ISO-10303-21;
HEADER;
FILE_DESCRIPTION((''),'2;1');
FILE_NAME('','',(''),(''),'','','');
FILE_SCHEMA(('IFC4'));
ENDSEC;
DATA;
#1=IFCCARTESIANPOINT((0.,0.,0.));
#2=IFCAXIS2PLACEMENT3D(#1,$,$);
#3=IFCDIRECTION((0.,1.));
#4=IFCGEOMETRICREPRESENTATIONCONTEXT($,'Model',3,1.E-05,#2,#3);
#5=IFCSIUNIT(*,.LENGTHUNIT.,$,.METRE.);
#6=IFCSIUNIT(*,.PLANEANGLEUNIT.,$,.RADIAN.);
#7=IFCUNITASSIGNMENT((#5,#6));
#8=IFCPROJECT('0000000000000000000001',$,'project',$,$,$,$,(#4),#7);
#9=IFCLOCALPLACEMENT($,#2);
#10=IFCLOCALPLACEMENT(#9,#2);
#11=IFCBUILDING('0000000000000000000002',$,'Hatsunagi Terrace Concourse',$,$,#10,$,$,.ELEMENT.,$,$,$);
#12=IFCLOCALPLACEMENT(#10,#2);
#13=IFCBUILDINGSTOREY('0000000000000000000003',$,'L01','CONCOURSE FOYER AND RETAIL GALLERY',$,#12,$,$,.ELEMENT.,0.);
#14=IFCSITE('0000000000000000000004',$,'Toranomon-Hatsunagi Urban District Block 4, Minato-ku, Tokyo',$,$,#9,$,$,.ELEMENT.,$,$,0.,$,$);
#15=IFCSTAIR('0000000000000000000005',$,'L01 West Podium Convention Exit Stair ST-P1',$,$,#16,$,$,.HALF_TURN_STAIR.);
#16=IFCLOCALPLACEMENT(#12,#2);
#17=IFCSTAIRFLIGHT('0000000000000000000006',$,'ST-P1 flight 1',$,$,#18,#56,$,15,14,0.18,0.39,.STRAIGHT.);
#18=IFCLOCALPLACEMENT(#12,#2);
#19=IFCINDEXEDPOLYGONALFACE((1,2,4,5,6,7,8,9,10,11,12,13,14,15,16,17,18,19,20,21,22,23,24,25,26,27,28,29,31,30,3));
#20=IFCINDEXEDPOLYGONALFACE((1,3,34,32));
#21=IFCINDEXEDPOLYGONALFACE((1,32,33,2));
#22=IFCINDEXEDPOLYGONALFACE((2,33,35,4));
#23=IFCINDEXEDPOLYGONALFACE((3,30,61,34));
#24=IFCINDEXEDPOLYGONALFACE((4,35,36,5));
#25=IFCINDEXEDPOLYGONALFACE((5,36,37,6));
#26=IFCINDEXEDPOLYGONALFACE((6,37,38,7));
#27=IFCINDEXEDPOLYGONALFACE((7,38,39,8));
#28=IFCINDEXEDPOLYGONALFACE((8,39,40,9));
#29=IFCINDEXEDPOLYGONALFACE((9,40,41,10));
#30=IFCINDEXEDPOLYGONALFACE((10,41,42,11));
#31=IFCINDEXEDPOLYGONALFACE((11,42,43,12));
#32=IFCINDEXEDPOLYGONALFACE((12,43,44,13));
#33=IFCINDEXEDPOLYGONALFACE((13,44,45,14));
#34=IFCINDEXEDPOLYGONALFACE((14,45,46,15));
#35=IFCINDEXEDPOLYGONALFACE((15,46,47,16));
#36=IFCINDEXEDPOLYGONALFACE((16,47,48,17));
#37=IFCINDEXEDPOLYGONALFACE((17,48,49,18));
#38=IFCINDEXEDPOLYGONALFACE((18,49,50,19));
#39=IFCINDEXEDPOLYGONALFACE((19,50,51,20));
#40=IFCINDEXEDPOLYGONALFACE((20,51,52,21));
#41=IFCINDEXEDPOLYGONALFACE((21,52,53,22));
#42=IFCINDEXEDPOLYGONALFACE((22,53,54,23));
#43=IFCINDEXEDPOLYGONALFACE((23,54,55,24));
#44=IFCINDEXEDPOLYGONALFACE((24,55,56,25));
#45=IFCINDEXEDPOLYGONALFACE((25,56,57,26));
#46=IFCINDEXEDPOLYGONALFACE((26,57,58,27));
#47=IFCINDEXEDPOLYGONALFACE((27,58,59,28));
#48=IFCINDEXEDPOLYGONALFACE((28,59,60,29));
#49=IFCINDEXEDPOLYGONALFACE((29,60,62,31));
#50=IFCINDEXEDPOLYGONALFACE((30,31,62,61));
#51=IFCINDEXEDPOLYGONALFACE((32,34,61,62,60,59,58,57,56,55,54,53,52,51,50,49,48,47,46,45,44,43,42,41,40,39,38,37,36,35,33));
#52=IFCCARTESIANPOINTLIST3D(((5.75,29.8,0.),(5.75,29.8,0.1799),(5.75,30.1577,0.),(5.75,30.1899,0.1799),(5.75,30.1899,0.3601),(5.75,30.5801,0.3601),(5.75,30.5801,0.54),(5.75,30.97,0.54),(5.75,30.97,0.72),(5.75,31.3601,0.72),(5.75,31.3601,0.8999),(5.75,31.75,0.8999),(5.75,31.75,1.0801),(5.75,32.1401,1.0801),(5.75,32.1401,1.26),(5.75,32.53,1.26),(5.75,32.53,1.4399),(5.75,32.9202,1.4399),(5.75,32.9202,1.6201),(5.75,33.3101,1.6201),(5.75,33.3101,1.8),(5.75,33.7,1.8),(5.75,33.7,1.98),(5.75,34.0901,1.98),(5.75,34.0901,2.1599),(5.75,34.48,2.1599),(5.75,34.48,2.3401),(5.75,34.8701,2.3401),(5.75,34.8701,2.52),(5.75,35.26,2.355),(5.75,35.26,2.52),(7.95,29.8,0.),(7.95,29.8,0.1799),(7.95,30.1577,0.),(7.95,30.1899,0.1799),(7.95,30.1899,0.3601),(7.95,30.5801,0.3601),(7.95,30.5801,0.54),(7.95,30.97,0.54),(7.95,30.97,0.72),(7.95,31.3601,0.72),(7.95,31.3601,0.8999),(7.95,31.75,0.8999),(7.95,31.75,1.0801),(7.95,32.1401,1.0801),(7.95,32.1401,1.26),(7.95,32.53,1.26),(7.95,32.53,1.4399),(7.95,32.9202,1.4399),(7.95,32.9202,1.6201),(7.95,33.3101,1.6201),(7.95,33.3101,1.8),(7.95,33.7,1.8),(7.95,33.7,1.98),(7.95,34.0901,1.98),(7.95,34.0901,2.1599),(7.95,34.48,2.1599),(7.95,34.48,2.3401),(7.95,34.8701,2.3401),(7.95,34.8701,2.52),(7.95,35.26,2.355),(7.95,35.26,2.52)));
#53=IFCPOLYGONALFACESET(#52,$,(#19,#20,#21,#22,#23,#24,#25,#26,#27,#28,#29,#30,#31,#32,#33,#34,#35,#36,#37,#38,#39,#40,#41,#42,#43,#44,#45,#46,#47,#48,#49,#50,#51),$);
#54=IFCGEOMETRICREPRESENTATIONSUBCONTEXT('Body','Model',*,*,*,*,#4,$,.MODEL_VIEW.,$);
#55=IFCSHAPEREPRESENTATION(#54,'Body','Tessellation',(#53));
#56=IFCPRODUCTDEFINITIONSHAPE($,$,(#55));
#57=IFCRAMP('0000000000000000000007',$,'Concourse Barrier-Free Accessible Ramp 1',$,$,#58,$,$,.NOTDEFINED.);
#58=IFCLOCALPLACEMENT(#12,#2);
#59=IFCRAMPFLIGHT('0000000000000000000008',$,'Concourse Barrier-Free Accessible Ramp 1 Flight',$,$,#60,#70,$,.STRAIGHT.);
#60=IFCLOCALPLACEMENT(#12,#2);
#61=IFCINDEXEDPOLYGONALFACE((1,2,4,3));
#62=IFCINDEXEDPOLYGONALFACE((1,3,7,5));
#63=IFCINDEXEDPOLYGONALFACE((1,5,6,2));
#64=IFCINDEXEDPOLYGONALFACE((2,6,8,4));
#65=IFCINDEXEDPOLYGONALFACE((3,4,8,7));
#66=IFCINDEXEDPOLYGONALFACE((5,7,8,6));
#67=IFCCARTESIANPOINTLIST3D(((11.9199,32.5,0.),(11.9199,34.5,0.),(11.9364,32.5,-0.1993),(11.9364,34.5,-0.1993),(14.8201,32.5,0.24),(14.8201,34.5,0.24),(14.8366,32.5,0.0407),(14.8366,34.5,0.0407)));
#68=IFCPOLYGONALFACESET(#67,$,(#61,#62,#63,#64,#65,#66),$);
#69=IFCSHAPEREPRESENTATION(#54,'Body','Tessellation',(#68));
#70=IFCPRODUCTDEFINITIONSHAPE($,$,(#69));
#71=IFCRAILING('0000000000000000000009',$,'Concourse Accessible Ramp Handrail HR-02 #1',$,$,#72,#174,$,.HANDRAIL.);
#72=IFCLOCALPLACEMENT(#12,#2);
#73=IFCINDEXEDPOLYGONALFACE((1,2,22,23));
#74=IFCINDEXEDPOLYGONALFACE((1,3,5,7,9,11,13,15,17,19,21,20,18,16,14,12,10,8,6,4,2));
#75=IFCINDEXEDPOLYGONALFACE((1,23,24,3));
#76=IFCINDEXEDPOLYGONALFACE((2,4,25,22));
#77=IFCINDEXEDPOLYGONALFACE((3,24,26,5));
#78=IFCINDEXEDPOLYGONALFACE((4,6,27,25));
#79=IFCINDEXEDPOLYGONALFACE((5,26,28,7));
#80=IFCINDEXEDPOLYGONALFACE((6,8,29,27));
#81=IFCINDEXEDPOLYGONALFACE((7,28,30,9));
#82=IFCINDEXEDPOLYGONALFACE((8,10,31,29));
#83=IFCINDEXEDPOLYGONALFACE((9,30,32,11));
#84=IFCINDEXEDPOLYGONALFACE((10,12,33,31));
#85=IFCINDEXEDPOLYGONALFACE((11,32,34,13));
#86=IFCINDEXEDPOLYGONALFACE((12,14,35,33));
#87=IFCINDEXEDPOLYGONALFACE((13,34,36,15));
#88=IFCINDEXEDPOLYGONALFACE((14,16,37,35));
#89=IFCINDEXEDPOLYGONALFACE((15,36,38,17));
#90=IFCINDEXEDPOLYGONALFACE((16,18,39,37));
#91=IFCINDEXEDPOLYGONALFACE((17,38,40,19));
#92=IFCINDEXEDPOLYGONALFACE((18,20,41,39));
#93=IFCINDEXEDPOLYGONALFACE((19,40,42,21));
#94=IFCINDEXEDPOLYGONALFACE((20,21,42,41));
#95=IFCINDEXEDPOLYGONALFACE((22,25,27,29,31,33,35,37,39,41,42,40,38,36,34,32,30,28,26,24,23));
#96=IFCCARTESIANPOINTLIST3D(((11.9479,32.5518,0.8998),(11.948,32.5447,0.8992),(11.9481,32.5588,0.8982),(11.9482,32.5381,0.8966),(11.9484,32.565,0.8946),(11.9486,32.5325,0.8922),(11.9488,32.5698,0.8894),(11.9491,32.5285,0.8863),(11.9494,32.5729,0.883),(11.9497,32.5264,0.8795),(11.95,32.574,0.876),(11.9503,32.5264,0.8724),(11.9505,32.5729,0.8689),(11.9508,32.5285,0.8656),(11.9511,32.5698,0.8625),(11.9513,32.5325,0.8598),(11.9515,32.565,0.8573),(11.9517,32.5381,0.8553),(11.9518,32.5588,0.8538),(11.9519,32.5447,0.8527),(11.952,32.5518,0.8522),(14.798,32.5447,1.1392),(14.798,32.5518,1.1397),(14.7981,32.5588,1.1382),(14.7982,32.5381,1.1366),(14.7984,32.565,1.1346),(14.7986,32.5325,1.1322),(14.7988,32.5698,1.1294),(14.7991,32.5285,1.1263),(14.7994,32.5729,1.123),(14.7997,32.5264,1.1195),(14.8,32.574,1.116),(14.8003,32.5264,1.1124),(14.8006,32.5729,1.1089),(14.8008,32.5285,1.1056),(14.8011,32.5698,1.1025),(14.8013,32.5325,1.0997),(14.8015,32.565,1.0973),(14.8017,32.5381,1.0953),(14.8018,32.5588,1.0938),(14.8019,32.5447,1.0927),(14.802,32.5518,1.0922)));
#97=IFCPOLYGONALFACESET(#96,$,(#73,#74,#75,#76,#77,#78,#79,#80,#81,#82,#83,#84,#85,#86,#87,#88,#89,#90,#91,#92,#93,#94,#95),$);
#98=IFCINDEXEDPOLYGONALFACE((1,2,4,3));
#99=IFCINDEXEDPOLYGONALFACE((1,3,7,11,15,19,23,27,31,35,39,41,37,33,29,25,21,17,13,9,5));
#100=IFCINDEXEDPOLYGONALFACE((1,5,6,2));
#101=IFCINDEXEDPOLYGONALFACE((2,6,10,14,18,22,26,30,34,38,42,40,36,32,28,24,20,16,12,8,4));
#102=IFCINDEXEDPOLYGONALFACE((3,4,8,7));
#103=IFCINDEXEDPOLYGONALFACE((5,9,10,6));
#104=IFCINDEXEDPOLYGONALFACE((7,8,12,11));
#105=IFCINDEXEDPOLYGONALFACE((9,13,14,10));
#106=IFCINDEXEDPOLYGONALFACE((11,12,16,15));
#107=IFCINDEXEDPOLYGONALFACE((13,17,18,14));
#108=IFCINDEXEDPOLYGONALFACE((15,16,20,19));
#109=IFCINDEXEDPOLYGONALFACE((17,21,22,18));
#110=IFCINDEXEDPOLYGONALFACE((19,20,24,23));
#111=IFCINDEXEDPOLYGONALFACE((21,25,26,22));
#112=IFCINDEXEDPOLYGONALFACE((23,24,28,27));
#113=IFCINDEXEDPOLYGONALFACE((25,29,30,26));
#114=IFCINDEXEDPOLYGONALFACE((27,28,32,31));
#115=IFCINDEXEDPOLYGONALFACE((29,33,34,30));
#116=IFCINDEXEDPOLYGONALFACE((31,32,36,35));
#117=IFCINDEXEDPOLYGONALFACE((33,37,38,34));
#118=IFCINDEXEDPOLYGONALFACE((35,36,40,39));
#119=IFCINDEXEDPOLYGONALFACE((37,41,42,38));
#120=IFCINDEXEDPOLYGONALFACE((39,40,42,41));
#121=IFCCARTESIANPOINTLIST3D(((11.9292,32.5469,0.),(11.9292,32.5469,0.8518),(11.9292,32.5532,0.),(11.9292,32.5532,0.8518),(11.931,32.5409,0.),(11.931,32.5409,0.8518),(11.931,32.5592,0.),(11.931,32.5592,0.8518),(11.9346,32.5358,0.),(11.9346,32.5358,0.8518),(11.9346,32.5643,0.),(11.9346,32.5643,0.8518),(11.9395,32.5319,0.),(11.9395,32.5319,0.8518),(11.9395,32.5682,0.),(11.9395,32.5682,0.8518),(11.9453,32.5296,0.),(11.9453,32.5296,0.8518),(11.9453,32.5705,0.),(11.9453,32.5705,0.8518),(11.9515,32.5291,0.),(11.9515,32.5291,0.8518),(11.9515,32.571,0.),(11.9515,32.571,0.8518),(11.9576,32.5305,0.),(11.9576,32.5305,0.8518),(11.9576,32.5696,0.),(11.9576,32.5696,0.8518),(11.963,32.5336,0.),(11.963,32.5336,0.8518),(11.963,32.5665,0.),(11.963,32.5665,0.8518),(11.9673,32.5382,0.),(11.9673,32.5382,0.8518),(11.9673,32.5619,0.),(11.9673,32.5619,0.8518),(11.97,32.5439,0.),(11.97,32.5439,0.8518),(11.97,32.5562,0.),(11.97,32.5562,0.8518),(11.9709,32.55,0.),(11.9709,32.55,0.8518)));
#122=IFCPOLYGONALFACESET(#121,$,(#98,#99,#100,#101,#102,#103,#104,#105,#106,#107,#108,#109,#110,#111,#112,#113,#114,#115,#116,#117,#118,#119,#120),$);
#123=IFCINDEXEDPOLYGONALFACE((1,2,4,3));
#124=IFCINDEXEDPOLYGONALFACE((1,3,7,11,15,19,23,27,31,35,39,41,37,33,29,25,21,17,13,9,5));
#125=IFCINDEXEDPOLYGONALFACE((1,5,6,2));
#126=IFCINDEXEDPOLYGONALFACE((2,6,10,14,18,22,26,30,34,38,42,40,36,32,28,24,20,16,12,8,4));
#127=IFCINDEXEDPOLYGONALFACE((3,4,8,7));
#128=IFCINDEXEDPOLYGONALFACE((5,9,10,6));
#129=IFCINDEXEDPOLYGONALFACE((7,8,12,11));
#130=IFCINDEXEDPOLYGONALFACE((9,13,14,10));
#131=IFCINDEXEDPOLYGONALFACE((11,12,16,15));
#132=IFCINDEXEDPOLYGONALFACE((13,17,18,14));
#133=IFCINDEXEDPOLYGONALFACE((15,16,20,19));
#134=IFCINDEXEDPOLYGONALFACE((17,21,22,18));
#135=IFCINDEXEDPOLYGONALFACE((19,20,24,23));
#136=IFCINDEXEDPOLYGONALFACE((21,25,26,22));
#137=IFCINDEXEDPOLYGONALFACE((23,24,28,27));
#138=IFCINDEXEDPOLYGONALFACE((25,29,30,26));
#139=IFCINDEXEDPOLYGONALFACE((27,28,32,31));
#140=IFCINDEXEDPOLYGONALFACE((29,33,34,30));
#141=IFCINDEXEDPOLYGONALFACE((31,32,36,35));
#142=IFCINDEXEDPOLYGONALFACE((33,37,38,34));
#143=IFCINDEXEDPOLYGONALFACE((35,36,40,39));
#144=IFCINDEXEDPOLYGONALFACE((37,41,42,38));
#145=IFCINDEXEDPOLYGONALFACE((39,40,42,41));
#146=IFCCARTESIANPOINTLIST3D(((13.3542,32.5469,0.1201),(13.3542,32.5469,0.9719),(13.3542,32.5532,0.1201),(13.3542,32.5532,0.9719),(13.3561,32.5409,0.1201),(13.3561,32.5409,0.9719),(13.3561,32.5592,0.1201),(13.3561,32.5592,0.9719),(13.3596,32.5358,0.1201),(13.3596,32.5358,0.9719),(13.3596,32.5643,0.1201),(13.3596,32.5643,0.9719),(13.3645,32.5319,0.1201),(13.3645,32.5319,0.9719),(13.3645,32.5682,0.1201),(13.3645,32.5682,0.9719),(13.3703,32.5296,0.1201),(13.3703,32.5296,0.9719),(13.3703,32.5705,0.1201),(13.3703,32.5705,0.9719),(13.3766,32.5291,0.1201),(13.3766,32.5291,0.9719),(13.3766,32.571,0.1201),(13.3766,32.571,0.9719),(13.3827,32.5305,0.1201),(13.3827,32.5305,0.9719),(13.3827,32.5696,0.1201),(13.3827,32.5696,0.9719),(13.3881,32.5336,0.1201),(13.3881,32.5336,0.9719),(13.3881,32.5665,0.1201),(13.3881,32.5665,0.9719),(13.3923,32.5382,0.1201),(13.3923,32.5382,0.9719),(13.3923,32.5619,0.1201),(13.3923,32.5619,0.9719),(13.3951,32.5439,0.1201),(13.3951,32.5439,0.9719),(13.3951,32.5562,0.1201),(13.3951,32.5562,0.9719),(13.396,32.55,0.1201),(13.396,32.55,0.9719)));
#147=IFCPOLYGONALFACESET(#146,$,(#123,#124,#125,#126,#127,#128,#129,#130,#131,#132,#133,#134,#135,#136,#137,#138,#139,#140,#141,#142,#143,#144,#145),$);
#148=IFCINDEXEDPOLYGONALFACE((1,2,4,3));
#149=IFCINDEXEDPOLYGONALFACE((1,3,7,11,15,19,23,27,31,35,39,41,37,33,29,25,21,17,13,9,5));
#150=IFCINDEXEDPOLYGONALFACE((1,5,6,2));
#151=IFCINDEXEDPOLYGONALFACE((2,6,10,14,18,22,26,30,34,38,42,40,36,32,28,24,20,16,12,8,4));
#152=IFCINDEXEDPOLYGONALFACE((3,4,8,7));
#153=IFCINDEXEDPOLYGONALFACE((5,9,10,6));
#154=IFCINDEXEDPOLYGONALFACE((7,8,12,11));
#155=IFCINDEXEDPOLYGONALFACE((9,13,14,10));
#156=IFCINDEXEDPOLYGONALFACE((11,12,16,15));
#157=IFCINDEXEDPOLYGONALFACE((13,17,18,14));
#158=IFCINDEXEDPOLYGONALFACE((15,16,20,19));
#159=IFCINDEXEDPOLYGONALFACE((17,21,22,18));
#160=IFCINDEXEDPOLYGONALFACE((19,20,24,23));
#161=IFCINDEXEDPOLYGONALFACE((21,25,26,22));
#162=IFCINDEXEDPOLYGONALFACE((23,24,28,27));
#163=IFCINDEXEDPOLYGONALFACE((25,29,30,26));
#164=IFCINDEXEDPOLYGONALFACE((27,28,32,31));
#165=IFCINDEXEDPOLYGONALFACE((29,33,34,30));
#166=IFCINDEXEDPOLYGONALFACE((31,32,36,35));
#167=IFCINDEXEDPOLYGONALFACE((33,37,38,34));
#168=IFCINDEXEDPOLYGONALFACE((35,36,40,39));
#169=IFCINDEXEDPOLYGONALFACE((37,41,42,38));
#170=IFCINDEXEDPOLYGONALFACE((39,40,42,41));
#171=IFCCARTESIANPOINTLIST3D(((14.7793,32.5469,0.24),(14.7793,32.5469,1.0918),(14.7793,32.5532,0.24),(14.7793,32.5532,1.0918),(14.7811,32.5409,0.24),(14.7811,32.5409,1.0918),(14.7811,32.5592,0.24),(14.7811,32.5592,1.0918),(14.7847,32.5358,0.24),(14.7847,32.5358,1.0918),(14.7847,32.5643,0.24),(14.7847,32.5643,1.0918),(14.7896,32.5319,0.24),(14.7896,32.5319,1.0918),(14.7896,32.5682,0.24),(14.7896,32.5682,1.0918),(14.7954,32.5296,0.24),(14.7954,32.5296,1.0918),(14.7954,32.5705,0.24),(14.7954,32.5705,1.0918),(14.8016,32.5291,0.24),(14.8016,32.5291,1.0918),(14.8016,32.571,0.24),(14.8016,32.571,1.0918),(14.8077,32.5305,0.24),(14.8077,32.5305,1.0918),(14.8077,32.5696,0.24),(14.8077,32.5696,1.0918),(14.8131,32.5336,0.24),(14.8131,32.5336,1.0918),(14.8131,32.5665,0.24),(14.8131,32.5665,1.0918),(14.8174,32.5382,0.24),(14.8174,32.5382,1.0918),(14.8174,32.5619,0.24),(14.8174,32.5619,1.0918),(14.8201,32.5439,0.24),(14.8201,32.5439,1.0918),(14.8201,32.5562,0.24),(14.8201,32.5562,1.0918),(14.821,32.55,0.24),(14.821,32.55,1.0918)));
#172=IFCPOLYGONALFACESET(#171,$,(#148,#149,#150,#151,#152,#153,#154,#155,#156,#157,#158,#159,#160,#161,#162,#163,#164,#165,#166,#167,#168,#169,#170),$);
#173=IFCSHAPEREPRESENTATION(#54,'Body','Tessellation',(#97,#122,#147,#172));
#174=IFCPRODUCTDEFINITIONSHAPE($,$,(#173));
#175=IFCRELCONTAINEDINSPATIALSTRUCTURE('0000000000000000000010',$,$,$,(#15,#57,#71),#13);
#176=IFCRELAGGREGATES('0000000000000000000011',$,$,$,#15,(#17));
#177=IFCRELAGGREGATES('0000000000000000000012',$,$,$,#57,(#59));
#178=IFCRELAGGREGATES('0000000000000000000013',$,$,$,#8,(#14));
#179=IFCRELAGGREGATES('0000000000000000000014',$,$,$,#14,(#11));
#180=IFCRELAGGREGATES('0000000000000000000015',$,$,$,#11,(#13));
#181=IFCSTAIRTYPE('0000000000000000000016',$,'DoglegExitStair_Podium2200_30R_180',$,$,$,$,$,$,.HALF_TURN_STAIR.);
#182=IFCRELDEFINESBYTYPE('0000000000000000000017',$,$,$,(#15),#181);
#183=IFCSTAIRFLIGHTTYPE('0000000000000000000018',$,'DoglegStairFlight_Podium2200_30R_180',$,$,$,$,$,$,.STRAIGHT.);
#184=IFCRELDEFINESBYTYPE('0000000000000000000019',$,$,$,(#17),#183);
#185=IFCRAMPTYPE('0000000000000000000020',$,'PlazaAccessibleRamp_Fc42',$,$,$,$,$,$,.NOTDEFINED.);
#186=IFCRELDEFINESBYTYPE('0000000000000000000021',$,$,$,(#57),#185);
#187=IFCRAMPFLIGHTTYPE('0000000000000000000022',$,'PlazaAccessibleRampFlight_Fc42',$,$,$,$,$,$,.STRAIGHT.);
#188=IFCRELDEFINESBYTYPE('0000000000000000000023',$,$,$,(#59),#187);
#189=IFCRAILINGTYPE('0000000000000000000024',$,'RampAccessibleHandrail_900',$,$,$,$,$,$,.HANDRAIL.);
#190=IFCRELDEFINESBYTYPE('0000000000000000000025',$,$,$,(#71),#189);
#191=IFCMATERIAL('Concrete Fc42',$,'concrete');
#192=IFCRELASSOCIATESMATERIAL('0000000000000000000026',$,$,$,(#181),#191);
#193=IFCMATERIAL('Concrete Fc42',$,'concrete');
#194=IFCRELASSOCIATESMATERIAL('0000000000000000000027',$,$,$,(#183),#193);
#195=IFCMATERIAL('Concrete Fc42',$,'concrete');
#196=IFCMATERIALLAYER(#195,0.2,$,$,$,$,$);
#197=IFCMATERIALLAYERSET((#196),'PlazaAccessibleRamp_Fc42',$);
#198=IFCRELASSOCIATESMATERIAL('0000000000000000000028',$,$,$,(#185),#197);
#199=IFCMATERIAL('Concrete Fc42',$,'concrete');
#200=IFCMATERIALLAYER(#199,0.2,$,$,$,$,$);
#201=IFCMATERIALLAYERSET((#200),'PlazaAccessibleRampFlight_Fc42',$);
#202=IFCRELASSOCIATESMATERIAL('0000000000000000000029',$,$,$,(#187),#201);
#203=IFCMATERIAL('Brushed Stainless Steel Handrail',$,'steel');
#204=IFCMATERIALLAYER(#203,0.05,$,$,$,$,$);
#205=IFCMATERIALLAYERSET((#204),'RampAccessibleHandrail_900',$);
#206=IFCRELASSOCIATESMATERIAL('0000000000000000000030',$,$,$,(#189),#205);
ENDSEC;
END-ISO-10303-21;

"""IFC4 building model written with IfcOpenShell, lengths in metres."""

from ifc_helpers import new_model, si_unit, direction, frame, origin, origin_2d, place, context, subcontext, project, spatial, polyline, circle, outline, extrude, material, layer, layer_set, type_object, element, aggregate, save


model = new_model("IFC4")

# Units and contexts
model_context = context("Model", 3, precision=1e-05, world=origin(), true_north=direction((0.0, 1.0)))
body_context = subcontext(model_context, "Body", "Model", "MODEL_VIEW")
ifc_project = project(units=[si_unit("LENGTHUNIT", "METRE"), si_unit("PLANEANGLEUNIT", "RADIAN")], contexts=[model_context])

# Site, building, storey
site_placement = place(None, origin())
site = spatial("IfcSite", under=ifc_project, at=site_placement, Name="Toranomon-Hatsunagi Urban District Block 4, Minato-ku, Tokyo", CompositionType="ELEMENT", RefElevation=0.0)
building_placement = place(site_placement, origin())
building = spatial("IfcBuilding", under=site, at=building_placement, Name="Hatsunagi Terrace Concourse", CompositionType="ELEMENT")
storey_placement = place(building_placement, origin())
storey = spatial("IfcBuildingStorey", under=building, at=storey_placement, Name="L01", Description="CONCOURSE FOYER AND RETAIL GALLERY", CompositionType="ELEMENT", Elevation=0.0)

# Stair, stair flight
ifc_material_1 = material(Name="Concrete Fc42", Category="concrete")
stair_type = type_object("IfcStairType", Name="DoglegExitStair_Podium2200_30R_180", PredefinedType="HALF_TURN_STAIR", material=ifc_material_1)
stair_placement = place(storey_placement, origin())
stair = element("IfcStair", 1, at=stair_placement, inside=storey, type_object=stair_type, Name="L01 West Podium Convention Exit Stair ST-P1", PredefinedType="HALF_TURN_STAIR")
ifc_material_2 = material(Name="Concrete Fc42", Category="concrete")
stair_flight_type = type_object("IfcStairFlightType", Name="DoglegStairFlight_Podium2200_30R_180", PredefinedType="STRAIGHT", material=ifc_material_2)
stair_flight_placement = place(storey_placement, frame((6.8501, 29.8, 0.0), z_axis=(0.0, 0.0, 1.0), x_axis=(0.0, 1.0, 0.0)))
stair_flight = element("IfcStairFlight", 2, at=stair_flight_placement, type_object=stair_flight_type, Name="ST-P1 flight 1", NumberOfRisers=15, NumberOfTreads=14, PredefinedType="STRAIGHT", RiserHeight=0.18, TreadLength=0.39, context=body_context, shape_type="SweptSolid", body=[
    extrude(outline(polyline([(0.0, 0.0), (0.0, 0.1799), (0.3899, 0.1799), (0.3899, 0.3601), (0.78, 0.3601), (0.78, 0.54), (1.1699, 0.54), (1.1699, 0.72), (1.5601, 0.72), (1.5601, 0.8999), (1.95, 0.8999), (1.95, 1.0801), (2.3401, 1.0801), (2.3401, 1.26), (2.73, 1.26), (2.73, 1.4399), (3.1201, 1.4399), (3.1201, 1.6201), (3.51, 1.6201), (3.51, 1.8), (3.8999, 1.8), (3.8999, 1.98), (4.29, 1.98), (4.29, 2.1599), (4.6799, 2.1599), (4.6799, 2.3401), (5.0701, 2.3401), (5.0701, 2.52), (5.46, 2.52), (5.46, 2.7), (5.46, 2.355), (0.3577, 0.0), (0.0, 0.0)])), frame((0.0, 1.1001, 0.0), z_axis=(0.0, -1.0, 0.0), x_axis=(1.0, 0.0, 0.0)), (0.0, 0.0, 1.0), 2.2),
])
aggregate(stair, [stair_flight])

# Ramp, ramp flight
ifc_material_3 = material(Name="Concrete Fc42", Category="concrete")
ifc_layer_1 = layer(ifc_material_3, 0.2)
ifc_layer_set_1 = layer_set([ifc_layer_1], Name="PlazaAccessibleRamp_Fc42")
ramp_type = type_object("IfcRampType", Name="PlazaAccessibleRamp_Fc42", PredefinedType="NOTDEFINED", material=ifc_layer_set_1)
ramp_placement = place(storey_placement, origin())
ramp = element("IfcRamp", 3, at=ramp_placement, inside=storey, type_object=ramp_type, Name="Concourse Barrier-Free Accessible Ramp 1", PredefinedType="NOTDEFINED")
ifc_material_4 = material(Name="Concrete Fc42", Category="concrete")
ifc_layer_2 = layer(ifc_material_4, 0.2)
ifc_layer_set_2 = layer_set([ifc_layer_2], Name="PlazaAccessibleRampFlight_Fc42")
ramp_flight_type = type_object("IfcRampFlightType", Name="PlazaAccessibleRampFlight_Fc42", PredefinedType="STRAIGHT", material=ifc_layer_set_2)
ramp_flight_placement = place(storey_placement, frame((11.9199, 32.5, 0.0), z_axis=(-0.082469, 0.0, 0.996594), x_axis=(0.996594, 0.0, 0.082469)))
ramp_flight = element("IfcRampFlight", 4, at=ramp_flight_placement, type_object=ramp_flight_type, Name="Concourse Barrier-Free Accessible Ramp 1 Flight", PredefinedType="STRAIGHT", context=body_context, shape_type="SweptSolid", body=[
    extrude(outline(polyline([(0.0, 0.0), (2.9101, 0.0), (2.9101, 2.0), (0.0, 2.0), (0.0, 0.0)])), origin(), (0.0, 0.0, -1.0), 0.2),
])
aggregate(ramp, [ramp_flight])

# Railing
ifc_material_5 = material(Name="Brushed Stainless Steel Handrail", Category="steel")
ifc_layer_3 = layer(ifc_material_5, 0.05)
ifc_layer_set_3 = layer_set([ifc_layer_3], Name="RampAccessibleHandrail_900")
railing_type_1 = type_object("IfcRailingType", Name="RampAccessibleHandrail_900", PredefinedType="HANDRAIL", material=ifc_layer_set_3)
for number, where, name in (
    (5, (11.95, 32.55, 0.0), "Concourse Accessible Ramp Handrail HR-02 #1"),
):
    element("IfcRailing", number, at=place(storey_placement, frame(where)), inside=storey, type_object=railing_type_1, Name=name, PredefinedType="HANDRAIL", context=body_context, shape_type="SweptSolid", body=[
        extrude(circle(Radius=0.0239, at=origin_2d()), frame((0.0, 0.0, 0.876), z_axis=(0.996474, 0.0, 0.083907), x_axis=(0.0, 1.0, 0.0)), (0.0, 0.0, 1.0), 2.8601),
        extrude(circle(Radius=0.021, at=origin_2d()), origin(), (0.0, 0.0, 1.0), 0.8518),
        extrude(circle(Radius=0.021, at=origin_2d()), frame((1.425, 0.0, 0.1201)), (0.0, 0.0, 1.0), 0.8518),
        extrude(circle(Radius=0.021, at=origin_2d()), frame((2.8501, 0.0, 0.24)), (0.0, 0.0, 1.0), 0.8518),
    ])

save(model, "model.ifc")
